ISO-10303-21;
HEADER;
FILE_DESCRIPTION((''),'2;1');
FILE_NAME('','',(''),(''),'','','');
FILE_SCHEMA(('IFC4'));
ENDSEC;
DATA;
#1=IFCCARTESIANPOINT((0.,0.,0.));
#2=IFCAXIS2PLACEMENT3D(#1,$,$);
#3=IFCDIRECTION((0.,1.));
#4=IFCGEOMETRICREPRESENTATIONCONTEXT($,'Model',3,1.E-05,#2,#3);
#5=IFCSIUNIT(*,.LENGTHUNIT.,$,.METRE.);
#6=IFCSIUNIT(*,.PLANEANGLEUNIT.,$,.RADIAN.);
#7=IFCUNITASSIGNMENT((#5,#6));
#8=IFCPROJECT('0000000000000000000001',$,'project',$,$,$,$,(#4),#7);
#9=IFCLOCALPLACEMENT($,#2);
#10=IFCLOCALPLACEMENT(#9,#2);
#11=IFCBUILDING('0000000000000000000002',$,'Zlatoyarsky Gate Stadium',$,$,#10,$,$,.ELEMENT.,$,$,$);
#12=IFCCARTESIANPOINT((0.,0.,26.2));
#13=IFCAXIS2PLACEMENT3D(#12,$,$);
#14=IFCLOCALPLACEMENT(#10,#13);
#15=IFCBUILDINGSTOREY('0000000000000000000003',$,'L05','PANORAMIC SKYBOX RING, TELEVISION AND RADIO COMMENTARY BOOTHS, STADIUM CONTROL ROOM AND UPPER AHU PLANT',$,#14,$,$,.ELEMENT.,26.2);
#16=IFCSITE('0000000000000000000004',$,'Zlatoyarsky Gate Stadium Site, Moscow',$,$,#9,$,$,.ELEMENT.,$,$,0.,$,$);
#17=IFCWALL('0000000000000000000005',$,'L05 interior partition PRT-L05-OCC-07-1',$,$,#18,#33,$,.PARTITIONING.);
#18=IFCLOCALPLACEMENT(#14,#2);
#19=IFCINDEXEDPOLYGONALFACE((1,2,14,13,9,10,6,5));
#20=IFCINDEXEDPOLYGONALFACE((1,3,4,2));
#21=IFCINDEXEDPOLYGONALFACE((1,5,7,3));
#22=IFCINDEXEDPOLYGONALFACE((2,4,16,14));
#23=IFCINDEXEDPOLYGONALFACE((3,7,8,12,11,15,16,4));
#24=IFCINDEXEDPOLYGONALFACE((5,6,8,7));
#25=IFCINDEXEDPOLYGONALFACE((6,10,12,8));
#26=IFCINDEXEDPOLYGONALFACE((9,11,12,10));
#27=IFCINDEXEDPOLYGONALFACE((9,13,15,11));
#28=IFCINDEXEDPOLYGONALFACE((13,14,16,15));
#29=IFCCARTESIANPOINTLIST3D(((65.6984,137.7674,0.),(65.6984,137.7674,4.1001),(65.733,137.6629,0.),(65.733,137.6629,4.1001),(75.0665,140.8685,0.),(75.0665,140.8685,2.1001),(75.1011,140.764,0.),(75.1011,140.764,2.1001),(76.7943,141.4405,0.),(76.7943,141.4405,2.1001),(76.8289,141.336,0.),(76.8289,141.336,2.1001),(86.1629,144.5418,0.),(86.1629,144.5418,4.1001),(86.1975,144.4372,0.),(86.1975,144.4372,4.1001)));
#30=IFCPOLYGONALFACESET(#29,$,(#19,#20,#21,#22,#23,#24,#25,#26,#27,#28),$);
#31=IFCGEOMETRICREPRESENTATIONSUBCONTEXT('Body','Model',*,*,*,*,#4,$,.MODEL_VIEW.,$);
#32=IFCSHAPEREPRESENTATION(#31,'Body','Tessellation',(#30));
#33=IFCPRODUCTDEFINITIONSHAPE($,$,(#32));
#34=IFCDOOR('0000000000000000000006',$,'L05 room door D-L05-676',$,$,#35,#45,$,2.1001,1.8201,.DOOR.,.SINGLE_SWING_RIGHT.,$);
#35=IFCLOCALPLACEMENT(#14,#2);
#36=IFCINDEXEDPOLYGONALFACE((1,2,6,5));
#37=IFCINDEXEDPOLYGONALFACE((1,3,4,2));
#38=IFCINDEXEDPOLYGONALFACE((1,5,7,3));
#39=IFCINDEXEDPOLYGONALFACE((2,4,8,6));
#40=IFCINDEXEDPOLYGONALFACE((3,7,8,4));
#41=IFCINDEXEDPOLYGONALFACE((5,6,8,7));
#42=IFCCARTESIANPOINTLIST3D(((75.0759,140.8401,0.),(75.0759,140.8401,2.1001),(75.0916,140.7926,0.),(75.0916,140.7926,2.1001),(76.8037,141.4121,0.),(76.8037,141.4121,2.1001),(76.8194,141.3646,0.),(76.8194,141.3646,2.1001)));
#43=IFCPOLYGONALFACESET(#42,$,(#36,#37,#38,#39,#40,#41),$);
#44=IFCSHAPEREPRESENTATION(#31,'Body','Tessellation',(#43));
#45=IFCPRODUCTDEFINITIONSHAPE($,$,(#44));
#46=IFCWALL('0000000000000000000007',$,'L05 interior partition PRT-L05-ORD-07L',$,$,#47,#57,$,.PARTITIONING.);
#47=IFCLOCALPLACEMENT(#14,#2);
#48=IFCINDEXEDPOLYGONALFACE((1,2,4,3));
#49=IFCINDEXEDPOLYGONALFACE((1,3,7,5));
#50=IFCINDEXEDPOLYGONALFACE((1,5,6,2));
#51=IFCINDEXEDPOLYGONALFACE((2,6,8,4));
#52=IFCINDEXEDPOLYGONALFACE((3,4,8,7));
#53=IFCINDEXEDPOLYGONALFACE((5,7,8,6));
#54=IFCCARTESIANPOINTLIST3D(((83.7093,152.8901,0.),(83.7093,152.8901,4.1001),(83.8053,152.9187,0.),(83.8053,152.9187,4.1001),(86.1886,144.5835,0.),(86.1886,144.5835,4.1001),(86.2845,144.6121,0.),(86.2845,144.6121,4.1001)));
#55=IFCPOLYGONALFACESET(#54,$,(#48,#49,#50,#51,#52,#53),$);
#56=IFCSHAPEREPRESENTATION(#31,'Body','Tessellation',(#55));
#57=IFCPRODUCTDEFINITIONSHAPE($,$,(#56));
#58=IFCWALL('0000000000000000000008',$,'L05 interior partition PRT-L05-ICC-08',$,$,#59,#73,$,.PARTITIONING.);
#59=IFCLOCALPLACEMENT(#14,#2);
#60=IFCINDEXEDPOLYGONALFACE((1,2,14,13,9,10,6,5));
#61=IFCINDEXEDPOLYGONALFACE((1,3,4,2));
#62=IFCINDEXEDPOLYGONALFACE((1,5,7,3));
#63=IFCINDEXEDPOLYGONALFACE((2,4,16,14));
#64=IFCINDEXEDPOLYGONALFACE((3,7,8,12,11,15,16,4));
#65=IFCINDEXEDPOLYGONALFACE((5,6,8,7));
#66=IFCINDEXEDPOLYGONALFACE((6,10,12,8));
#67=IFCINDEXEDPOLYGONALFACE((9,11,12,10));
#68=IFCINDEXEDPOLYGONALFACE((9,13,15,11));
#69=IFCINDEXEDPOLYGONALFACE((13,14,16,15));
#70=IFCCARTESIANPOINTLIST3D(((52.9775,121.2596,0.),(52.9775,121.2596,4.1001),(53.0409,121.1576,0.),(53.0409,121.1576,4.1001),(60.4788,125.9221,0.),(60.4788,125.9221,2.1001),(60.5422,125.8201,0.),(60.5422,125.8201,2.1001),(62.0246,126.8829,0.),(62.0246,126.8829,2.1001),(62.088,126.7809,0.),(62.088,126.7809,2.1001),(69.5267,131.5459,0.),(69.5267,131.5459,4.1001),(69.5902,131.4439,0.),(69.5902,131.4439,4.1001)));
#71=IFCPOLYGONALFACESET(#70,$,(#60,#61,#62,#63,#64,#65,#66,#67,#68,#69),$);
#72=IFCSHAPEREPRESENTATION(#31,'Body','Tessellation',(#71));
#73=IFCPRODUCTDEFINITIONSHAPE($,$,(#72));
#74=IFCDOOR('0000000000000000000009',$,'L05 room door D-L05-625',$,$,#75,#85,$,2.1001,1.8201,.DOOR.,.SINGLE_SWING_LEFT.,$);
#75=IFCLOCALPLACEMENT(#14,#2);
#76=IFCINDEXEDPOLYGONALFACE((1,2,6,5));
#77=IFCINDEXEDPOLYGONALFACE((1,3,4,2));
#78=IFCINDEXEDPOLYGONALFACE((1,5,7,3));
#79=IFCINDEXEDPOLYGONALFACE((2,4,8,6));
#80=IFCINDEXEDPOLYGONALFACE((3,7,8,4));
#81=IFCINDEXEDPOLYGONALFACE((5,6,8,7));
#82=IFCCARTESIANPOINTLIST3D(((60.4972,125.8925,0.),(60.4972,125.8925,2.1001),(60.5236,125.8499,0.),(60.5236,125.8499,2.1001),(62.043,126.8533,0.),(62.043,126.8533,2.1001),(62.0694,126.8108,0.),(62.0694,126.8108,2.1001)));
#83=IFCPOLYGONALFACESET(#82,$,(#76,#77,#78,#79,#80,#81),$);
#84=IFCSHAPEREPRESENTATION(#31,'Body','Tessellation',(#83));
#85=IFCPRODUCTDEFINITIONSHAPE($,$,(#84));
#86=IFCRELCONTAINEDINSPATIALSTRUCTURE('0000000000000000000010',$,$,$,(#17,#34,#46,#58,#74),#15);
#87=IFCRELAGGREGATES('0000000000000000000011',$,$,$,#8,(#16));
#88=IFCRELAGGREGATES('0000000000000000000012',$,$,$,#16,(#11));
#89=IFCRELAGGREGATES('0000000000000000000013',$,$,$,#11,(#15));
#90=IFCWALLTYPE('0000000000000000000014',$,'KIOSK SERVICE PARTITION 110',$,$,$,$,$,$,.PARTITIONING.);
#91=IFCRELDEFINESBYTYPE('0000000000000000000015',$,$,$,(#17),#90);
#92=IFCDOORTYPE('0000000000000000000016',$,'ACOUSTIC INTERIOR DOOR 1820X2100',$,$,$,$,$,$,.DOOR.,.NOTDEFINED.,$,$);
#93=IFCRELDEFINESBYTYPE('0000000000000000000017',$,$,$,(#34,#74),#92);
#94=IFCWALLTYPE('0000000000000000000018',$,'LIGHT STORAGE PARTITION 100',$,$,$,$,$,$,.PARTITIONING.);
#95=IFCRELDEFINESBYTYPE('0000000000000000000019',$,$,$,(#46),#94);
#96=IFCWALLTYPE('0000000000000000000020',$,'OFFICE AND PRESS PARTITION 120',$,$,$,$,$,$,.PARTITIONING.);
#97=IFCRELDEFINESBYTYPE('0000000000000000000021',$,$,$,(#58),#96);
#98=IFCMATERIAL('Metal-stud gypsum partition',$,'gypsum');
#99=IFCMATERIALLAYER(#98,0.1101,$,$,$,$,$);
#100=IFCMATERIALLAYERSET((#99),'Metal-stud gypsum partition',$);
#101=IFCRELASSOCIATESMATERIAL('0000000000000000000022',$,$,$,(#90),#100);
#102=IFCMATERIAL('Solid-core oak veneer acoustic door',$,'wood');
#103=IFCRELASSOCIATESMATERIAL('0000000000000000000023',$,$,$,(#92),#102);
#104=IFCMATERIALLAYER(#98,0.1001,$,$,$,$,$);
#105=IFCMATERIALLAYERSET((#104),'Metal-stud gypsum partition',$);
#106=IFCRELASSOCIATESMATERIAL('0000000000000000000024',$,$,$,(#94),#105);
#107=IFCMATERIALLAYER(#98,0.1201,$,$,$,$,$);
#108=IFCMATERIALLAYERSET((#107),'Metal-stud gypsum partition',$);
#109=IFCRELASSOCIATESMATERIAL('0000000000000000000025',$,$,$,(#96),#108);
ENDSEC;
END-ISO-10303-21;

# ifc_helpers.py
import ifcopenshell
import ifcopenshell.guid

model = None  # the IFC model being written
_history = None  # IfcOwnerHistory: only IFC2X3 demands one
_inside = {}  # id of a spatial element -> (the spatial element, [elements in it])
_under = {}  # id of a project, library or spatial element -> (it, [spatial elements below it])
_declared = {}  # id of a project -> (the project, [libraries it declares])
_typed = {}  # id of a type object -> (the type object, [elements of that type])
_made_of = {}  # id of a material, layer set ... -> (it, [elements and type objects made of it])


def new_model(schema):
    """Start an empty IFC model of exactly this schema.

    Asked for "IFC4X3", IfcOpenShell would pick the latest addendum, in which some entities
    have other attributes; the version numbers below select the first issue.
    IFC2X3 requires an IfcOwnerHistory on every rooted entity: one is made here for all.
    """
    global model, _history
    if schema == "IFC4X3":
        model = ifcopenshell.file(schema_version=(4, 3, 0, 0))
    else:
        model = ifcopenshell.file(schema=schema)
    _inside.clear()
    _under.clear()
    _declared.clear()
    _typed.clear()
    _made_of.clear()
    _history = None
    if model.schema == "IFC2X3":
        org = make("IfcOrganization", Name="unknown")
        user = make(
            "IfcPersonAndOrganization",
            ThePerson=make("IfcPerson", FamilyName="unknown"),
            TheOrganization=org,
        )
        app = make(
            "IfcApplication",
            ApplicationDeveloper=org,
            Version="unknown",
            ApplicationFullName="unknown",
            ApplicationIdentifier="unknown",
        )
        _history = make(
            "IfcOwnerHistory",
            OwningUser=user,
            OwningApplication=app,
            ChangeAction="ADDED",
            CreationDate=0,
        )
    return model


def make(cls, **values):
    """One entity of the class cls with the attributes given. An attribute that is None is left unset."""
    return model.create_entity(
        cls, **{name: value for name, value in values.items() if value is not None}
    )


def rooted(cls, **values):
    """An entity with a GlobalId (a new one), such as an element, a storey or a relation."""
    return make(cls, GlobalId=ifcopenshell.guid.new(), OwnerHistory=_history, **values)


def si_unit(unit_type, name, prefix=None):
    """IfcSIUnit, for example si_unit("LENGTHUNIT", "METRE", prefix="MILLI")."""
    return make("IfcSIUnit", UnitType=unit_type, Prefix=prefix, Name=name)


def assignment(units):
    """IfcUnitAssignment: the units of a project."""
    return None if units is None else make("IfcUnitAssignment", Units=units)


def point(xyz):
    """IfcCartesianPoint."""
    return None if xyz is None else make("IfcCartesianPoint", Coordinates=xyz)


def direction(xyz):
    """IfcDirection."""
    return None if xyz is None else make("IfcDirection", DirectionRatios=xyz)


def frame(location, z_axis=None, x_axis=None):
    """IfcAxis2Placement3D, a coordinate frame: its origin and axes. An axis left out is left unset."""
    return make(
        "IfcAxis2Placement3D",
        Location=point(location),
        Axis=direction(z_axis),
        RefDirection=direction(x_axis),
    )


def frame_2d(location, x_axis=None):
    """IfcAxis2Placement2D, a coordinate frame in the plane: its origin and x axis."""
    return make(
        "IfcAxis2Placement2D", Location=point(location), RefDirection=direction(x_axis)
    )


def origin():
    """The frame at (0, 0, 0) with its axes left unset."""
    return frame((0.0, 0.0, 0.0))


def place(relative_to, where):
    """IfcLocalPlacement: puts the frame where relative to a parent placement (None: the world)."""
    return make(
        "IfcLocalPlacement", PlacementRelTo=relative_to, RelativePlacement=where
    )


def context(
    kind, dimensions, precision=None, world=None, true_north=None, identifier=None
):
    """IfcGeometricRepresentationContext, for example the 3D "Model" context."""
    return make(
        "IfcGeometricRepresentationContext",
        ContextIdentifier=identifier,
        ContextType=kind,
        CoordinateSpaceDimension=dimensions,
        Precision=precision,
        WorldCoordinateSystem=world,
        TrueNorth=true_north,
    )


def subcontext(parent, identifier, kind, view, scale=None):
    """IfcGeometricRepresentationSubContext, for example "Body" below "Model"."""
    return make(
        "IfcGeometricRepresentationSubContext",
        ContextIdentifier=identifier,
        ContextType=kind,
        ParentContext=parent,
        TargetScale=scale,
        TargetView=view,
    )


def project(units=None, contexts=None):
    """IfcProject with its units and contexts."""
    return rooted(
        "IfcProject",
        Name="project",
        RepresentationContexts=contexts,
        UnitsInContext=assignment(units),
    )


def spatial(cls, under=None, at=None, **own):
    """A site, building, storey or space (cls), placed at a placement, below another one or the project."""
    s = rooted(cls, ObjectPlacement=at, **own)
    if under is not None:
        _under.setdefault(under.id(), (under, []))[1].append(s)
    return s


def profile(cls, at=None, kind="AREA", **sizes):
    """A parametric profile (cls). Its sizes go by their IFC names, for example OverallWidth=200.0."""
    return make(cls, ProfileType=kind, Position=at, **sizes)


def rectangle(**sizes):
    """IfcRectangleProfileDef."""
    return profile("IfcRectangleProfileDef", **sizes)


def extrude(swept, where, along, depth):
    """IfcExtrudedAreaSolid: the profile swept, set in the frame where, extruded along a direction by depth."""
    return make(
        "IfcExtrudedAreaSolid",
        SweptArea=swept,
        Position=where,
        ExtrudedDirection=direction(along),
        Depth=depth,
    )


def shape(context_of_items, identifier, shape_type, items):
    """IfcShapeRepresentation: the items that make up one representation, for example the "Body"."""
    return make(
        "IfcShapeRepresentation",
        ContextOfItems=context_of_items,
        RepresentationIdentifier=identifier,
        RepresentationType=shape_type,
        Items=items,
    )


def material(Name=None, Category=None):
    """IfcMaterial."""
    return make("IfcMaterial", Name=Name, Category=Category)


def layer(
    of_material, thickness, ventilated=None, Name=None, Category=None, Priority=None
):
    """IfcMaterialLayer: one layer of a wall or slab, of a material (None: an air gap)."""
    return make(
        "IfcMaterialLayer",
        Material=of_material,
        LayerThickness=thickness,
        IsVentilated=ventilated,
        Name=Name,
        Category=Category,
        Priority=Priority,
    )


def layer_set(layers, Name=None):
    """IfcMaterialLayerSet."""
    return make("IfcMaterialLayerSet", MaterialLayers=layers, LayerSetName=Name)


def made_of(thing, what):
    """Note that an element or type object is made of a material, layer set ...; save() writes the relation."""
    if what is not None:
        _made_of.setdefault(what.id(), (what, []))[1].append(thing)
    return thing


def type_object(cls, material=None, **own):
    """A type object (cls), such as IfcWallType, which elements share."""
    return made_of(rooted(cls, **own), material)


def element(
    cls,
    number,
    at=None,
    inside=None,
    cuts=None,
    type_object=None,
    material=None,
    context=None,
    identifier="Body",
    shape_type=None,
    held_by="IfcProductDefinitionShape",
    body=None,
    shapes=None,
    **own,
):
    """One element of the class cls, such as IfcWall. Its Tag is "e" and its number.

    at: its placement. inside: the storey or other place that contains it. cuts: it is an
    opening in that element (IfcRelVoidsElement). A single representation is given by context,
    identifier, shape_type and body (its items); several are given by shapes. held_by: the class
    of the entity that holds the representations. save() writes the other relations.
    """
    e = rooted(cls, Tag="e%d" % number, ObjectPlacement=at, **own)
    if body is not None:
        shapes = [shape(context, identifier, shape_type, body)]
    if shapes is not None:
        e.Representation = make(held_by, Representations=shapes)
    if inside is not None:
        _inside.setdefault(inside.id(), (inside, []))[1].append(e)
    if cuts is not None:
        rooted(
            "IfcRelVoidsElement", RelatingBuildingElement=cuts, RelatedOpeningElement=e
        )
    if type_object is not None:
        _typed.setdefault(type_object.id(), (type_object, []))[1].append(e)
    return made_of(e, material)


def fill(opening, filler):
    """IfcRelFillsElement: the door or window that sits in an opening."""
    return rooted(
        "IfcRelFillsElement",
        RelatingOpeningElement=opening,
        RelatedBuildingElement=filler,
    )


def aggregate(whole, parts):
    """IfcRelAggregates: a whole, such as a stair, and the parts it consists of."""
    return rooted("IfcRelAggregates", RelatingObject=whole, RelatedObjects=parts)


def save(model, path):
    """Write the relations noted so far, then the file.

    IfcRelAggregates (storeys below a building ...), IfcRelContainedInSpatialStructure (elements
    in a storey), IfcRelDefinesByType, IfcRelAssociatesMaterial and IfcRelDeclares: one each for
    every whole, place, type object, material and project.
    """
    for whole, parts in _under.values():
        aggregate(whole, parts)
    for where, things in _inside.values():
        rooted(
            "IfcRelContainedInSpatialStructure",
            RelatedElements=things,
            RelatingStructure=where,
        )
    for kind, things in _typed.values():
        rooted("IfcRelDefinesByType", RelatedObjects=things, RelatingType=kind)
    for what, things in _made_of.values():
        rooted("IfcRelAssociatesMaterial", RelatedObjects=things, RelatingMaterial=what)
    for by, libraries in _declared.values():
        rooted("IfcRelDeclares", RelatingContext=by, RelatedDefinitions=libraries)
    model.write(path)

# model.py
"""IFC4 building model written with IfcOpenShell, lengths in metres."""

from ifc_helpers import new_model, si_unit, direction, frame, frame_2d, origin, place, context, subcontext, project, spatial, rectangle, extrude, material, layer, layer_set, type_object, element, fill, save


model = new_model("IFC4")

# Units and contexts
model_context = context("Model", 3, precision=1e-05, world=origin(), true_north=direction((0.0, 1.0)))
body_context = subcontext(model_context, "Body", "Model", "MODEL_VIEW")
ifc_project = project(units=[si_unit("LENGTHUNIT", "METRE"), si_unit("PLANEANGLEUNIT", "RADIAN")], contexts=[model_context])

# Site, building, storey
site_placement = place(None, origin())
site = spatial("IfcSite", under=ifc_project, at=site_placement, Name="Zlatoyarsky Gate Stadium Site, Moscow", CompositionType="ELEMENT", RefElevation=0.0)
building_placement = place(site_placement, origin())
building = spatial("IfcBuilding", under=site, at=building_placement, Name="Zlatoyarsky Gate Stadium", CompositionType="ELEMENT")
storey_placement = place(building_placement, frame((0.0, 0.0, 26.2)))
storey = spatial("IfcBuildingStorey", under=building, at=storey_placement, Name="L05", Description="PANORAMIC SKYBOX RING, TELEVISION AND RADIO COMMENTARY BOOTHS, STADIUM CONTROL ROOM AND UPPER AHU PLANT", CompositionType="ELEMENT", Elevation=26.2)

# Wall, opening, door
ifc_material_1 = material(Name="Metal-stud gypsum partition", Category="gypsum")
ifc_layer_1 = layer(ifc_material_1, 0.1101)
ifc_layer_set_1 = layer_set([ifc_layer_1], Name="Metal-stud gypsum partition")
wall_type_1 = type_object("IfcWallType", Name="KIOSK SERVICE PARTITION 110", PredefinedType="PARTITIONING", material=ifc_layer_set_1)
wall_1_placement = place(storey_placement, frame((86.1802, 144.4895, 0.0), z_axis=(0.0, 0.0, 1.0), x_axis=(-0.949337, -0.31426, 0.0)))
wall_1 = element("IfcWall", 1, at=wall_1_placement, inside=storey, type_object=wall_type_1, Name="L05 interior partition PRT-L05-OCC-07-1", PredefinedType="PARTITIONING", context=body_context, shape_type="SweptSolid", body=[
    extrude(rectangle(XDim=21.5566, YDim=0.1101, at=frame_2d((10.7783, 0.0))), origin(), (0.0, 0.0, 1.0), 4.1001),
])
opening_1_placement = place(wall_1_placement, frame((9.8684, 0.0, 0.0)))
opening_1 = element("IfcOpeningElement", 2, at=opening_1_placement, cuts=wall_1, PredefinedType="OPENING", context=body_context, shape_type="SweptSolid", body=[
    extrude(rectangle(XDim=1.8201, YDim=2.1001, at=frame_2d((0.9102, 1.05))), frame((0.0, 0.0649, 0.0), z_axis=(0.0, -1.0, 0.0), x_axis=(1.0, 0.0, 0.0)), (0.0, 0.0, 1.0), 0.1301),
])
ifc_material_2 = material(Name="Solid-core oak veneer acoustic door", Category="wood")
door_type = type_object("IfcDoorType", Name="ACOUSTIC INTERIOR DOOR 1820X2100", OperationType="NOTDEFINED", PredefinedType="DOOR", material=ifc_material_2)
door_1_placement = place(opening_1_placement, origin())
door_1 = element("IfcDoor", 3, at=door_1_placement, inside=storey, type_object=door_type, Name="L05 room door D-L05-676", OperationType="SINGLE_SWING_RIGHT", OverallHeight=2.1001, OverallWidth=1.8201, PredefinedType="DOOR", context=body_context, shape_type="SweptSolid", body=[
    extrude(rectangle(XDim=1.8201, YDim=2.1001, at=frame_2d((0.9102, 1.05))), frame((0.0, 0.0249, 0.0), z_axis=(0.0, -1.0, 0.0), x_axis=(1.0, 0.0, 0.0)), (0.0, 0.0, 1.0), 0.05),
])
fill(opening_1, door_1)

# Wall
ifc_layer_2 = layer(ifc_material_1, 0.1001)
ifc_layer_set_2 = layer_set([ifc_layer_2], Name="Metal-stud gypsum partition")
wall_type_2 = type_object("IfcWallType", Name="LIGHT STORAGE PARTITION 100", PredefinedType="PARTITIONING", material=ifc_layer_set_2)
wall_2_placement = place(storey_placement, frame((86.2366, 144.5977, 0.0), z_axis=(0.0, 0.0, 1.0), x_axis=(-0.285999, 0.95823, 0.0)))
element("IfcWall", 4, at=wall_2_placement, inside=storey, type_object=wall_type_2, Name="L05 interior partition PRT-L05-ORD-07L", PredefinedType="PARTITIONING", context=body_context, shape_type="SweptSolid", body=[
    extrude(rectangle(XDim=8.6687, YDim=0.1001, at=frame_2d((4.3345, 0.0))), origin(), (0.0, 0.0, 1.0), 4.1001),
])

# Wall, opening, door
ifc_layer_3 = layer(ifc_material_1, 0.1201)
ifc_layer_set_3 = layer_set([ifc_layer_3], Name="Metal-stud gypsum partition")
wall_type_3 = type_object("IfcWallType", Name="OFFICE AND PRESS PARTITION 120", PredefinedType="PARTITIONING", material=ifc_layer_set_3)
wall_3_placement = place(storey_placement, frame((69.5583, 131.4949, 0.0), z_axis=(0.0, 0.0, 1.0), x_axis=(-0.849309, -0.527896, 0.0)))
wall_3 = element("IfcWall", 5, at=wall_3_placement, inside=storey, type_object=wall_type_3, Name="L05 interior partition PRT-L05-ICC-08", PredefinedType="PARTITIONING", context=body_context, shape_type="SweptSolid", body=[
    extrude(rectangle(XDim=19.4856, YDim=0.1201, at=frame_2d((9.7427, 0.0))), origin(), (0.0, 0.0, 1.0), 4.1001),
])
opening_2_placement = place(wall_3_placement, frame((8.833, 0.0, 0.0)))
opening_2 = element("IfcOpeningElement", 6, at=opening_2_placement, cuts=wall_3, PredefinedType="OPENING", context=body_context, shape_type="SweptSolid", body=[
    extrude(rectangle(XDim=1.8201, YDim=2.1001, at=frame_2d((0.9102, 1.05))), frame((0.0, 0.0701, 0.0), z_axis=(0.0, -1.0, 0.0), x_axis=(1.0, 0.0, 0.0)), (0.0, 0.0, 1.0), 0.1401),
])
door_2_placement = place(opening_2_placement, origin())
door_2 = element("IfcDoor", 7, at=door_2_placement, inside=storey, type_object=door_type, Name="L05 room door D-L05-625", OperationType="SINGLE_SWING_LEFT", OverallHeight=2.1001, OverallWidth=1.8201, PredefinedType="DOOR", context=body_context, shape_type="SweptSolid", body=[
    extrude(rectangle(XDim=1.8201, YDim=2.1001, at=frame_2d((0.9102, 1.05))), frame((0.0, 0.0249, 0.0), z_axis=(0.0, -1.0, 0.0), x_axis=(1.0, 0.0, 0.0)), (0.0, 0.0, 1.0), 0.05),
])
fill(opening_2, door_2)

save(model, "model.ifc")
